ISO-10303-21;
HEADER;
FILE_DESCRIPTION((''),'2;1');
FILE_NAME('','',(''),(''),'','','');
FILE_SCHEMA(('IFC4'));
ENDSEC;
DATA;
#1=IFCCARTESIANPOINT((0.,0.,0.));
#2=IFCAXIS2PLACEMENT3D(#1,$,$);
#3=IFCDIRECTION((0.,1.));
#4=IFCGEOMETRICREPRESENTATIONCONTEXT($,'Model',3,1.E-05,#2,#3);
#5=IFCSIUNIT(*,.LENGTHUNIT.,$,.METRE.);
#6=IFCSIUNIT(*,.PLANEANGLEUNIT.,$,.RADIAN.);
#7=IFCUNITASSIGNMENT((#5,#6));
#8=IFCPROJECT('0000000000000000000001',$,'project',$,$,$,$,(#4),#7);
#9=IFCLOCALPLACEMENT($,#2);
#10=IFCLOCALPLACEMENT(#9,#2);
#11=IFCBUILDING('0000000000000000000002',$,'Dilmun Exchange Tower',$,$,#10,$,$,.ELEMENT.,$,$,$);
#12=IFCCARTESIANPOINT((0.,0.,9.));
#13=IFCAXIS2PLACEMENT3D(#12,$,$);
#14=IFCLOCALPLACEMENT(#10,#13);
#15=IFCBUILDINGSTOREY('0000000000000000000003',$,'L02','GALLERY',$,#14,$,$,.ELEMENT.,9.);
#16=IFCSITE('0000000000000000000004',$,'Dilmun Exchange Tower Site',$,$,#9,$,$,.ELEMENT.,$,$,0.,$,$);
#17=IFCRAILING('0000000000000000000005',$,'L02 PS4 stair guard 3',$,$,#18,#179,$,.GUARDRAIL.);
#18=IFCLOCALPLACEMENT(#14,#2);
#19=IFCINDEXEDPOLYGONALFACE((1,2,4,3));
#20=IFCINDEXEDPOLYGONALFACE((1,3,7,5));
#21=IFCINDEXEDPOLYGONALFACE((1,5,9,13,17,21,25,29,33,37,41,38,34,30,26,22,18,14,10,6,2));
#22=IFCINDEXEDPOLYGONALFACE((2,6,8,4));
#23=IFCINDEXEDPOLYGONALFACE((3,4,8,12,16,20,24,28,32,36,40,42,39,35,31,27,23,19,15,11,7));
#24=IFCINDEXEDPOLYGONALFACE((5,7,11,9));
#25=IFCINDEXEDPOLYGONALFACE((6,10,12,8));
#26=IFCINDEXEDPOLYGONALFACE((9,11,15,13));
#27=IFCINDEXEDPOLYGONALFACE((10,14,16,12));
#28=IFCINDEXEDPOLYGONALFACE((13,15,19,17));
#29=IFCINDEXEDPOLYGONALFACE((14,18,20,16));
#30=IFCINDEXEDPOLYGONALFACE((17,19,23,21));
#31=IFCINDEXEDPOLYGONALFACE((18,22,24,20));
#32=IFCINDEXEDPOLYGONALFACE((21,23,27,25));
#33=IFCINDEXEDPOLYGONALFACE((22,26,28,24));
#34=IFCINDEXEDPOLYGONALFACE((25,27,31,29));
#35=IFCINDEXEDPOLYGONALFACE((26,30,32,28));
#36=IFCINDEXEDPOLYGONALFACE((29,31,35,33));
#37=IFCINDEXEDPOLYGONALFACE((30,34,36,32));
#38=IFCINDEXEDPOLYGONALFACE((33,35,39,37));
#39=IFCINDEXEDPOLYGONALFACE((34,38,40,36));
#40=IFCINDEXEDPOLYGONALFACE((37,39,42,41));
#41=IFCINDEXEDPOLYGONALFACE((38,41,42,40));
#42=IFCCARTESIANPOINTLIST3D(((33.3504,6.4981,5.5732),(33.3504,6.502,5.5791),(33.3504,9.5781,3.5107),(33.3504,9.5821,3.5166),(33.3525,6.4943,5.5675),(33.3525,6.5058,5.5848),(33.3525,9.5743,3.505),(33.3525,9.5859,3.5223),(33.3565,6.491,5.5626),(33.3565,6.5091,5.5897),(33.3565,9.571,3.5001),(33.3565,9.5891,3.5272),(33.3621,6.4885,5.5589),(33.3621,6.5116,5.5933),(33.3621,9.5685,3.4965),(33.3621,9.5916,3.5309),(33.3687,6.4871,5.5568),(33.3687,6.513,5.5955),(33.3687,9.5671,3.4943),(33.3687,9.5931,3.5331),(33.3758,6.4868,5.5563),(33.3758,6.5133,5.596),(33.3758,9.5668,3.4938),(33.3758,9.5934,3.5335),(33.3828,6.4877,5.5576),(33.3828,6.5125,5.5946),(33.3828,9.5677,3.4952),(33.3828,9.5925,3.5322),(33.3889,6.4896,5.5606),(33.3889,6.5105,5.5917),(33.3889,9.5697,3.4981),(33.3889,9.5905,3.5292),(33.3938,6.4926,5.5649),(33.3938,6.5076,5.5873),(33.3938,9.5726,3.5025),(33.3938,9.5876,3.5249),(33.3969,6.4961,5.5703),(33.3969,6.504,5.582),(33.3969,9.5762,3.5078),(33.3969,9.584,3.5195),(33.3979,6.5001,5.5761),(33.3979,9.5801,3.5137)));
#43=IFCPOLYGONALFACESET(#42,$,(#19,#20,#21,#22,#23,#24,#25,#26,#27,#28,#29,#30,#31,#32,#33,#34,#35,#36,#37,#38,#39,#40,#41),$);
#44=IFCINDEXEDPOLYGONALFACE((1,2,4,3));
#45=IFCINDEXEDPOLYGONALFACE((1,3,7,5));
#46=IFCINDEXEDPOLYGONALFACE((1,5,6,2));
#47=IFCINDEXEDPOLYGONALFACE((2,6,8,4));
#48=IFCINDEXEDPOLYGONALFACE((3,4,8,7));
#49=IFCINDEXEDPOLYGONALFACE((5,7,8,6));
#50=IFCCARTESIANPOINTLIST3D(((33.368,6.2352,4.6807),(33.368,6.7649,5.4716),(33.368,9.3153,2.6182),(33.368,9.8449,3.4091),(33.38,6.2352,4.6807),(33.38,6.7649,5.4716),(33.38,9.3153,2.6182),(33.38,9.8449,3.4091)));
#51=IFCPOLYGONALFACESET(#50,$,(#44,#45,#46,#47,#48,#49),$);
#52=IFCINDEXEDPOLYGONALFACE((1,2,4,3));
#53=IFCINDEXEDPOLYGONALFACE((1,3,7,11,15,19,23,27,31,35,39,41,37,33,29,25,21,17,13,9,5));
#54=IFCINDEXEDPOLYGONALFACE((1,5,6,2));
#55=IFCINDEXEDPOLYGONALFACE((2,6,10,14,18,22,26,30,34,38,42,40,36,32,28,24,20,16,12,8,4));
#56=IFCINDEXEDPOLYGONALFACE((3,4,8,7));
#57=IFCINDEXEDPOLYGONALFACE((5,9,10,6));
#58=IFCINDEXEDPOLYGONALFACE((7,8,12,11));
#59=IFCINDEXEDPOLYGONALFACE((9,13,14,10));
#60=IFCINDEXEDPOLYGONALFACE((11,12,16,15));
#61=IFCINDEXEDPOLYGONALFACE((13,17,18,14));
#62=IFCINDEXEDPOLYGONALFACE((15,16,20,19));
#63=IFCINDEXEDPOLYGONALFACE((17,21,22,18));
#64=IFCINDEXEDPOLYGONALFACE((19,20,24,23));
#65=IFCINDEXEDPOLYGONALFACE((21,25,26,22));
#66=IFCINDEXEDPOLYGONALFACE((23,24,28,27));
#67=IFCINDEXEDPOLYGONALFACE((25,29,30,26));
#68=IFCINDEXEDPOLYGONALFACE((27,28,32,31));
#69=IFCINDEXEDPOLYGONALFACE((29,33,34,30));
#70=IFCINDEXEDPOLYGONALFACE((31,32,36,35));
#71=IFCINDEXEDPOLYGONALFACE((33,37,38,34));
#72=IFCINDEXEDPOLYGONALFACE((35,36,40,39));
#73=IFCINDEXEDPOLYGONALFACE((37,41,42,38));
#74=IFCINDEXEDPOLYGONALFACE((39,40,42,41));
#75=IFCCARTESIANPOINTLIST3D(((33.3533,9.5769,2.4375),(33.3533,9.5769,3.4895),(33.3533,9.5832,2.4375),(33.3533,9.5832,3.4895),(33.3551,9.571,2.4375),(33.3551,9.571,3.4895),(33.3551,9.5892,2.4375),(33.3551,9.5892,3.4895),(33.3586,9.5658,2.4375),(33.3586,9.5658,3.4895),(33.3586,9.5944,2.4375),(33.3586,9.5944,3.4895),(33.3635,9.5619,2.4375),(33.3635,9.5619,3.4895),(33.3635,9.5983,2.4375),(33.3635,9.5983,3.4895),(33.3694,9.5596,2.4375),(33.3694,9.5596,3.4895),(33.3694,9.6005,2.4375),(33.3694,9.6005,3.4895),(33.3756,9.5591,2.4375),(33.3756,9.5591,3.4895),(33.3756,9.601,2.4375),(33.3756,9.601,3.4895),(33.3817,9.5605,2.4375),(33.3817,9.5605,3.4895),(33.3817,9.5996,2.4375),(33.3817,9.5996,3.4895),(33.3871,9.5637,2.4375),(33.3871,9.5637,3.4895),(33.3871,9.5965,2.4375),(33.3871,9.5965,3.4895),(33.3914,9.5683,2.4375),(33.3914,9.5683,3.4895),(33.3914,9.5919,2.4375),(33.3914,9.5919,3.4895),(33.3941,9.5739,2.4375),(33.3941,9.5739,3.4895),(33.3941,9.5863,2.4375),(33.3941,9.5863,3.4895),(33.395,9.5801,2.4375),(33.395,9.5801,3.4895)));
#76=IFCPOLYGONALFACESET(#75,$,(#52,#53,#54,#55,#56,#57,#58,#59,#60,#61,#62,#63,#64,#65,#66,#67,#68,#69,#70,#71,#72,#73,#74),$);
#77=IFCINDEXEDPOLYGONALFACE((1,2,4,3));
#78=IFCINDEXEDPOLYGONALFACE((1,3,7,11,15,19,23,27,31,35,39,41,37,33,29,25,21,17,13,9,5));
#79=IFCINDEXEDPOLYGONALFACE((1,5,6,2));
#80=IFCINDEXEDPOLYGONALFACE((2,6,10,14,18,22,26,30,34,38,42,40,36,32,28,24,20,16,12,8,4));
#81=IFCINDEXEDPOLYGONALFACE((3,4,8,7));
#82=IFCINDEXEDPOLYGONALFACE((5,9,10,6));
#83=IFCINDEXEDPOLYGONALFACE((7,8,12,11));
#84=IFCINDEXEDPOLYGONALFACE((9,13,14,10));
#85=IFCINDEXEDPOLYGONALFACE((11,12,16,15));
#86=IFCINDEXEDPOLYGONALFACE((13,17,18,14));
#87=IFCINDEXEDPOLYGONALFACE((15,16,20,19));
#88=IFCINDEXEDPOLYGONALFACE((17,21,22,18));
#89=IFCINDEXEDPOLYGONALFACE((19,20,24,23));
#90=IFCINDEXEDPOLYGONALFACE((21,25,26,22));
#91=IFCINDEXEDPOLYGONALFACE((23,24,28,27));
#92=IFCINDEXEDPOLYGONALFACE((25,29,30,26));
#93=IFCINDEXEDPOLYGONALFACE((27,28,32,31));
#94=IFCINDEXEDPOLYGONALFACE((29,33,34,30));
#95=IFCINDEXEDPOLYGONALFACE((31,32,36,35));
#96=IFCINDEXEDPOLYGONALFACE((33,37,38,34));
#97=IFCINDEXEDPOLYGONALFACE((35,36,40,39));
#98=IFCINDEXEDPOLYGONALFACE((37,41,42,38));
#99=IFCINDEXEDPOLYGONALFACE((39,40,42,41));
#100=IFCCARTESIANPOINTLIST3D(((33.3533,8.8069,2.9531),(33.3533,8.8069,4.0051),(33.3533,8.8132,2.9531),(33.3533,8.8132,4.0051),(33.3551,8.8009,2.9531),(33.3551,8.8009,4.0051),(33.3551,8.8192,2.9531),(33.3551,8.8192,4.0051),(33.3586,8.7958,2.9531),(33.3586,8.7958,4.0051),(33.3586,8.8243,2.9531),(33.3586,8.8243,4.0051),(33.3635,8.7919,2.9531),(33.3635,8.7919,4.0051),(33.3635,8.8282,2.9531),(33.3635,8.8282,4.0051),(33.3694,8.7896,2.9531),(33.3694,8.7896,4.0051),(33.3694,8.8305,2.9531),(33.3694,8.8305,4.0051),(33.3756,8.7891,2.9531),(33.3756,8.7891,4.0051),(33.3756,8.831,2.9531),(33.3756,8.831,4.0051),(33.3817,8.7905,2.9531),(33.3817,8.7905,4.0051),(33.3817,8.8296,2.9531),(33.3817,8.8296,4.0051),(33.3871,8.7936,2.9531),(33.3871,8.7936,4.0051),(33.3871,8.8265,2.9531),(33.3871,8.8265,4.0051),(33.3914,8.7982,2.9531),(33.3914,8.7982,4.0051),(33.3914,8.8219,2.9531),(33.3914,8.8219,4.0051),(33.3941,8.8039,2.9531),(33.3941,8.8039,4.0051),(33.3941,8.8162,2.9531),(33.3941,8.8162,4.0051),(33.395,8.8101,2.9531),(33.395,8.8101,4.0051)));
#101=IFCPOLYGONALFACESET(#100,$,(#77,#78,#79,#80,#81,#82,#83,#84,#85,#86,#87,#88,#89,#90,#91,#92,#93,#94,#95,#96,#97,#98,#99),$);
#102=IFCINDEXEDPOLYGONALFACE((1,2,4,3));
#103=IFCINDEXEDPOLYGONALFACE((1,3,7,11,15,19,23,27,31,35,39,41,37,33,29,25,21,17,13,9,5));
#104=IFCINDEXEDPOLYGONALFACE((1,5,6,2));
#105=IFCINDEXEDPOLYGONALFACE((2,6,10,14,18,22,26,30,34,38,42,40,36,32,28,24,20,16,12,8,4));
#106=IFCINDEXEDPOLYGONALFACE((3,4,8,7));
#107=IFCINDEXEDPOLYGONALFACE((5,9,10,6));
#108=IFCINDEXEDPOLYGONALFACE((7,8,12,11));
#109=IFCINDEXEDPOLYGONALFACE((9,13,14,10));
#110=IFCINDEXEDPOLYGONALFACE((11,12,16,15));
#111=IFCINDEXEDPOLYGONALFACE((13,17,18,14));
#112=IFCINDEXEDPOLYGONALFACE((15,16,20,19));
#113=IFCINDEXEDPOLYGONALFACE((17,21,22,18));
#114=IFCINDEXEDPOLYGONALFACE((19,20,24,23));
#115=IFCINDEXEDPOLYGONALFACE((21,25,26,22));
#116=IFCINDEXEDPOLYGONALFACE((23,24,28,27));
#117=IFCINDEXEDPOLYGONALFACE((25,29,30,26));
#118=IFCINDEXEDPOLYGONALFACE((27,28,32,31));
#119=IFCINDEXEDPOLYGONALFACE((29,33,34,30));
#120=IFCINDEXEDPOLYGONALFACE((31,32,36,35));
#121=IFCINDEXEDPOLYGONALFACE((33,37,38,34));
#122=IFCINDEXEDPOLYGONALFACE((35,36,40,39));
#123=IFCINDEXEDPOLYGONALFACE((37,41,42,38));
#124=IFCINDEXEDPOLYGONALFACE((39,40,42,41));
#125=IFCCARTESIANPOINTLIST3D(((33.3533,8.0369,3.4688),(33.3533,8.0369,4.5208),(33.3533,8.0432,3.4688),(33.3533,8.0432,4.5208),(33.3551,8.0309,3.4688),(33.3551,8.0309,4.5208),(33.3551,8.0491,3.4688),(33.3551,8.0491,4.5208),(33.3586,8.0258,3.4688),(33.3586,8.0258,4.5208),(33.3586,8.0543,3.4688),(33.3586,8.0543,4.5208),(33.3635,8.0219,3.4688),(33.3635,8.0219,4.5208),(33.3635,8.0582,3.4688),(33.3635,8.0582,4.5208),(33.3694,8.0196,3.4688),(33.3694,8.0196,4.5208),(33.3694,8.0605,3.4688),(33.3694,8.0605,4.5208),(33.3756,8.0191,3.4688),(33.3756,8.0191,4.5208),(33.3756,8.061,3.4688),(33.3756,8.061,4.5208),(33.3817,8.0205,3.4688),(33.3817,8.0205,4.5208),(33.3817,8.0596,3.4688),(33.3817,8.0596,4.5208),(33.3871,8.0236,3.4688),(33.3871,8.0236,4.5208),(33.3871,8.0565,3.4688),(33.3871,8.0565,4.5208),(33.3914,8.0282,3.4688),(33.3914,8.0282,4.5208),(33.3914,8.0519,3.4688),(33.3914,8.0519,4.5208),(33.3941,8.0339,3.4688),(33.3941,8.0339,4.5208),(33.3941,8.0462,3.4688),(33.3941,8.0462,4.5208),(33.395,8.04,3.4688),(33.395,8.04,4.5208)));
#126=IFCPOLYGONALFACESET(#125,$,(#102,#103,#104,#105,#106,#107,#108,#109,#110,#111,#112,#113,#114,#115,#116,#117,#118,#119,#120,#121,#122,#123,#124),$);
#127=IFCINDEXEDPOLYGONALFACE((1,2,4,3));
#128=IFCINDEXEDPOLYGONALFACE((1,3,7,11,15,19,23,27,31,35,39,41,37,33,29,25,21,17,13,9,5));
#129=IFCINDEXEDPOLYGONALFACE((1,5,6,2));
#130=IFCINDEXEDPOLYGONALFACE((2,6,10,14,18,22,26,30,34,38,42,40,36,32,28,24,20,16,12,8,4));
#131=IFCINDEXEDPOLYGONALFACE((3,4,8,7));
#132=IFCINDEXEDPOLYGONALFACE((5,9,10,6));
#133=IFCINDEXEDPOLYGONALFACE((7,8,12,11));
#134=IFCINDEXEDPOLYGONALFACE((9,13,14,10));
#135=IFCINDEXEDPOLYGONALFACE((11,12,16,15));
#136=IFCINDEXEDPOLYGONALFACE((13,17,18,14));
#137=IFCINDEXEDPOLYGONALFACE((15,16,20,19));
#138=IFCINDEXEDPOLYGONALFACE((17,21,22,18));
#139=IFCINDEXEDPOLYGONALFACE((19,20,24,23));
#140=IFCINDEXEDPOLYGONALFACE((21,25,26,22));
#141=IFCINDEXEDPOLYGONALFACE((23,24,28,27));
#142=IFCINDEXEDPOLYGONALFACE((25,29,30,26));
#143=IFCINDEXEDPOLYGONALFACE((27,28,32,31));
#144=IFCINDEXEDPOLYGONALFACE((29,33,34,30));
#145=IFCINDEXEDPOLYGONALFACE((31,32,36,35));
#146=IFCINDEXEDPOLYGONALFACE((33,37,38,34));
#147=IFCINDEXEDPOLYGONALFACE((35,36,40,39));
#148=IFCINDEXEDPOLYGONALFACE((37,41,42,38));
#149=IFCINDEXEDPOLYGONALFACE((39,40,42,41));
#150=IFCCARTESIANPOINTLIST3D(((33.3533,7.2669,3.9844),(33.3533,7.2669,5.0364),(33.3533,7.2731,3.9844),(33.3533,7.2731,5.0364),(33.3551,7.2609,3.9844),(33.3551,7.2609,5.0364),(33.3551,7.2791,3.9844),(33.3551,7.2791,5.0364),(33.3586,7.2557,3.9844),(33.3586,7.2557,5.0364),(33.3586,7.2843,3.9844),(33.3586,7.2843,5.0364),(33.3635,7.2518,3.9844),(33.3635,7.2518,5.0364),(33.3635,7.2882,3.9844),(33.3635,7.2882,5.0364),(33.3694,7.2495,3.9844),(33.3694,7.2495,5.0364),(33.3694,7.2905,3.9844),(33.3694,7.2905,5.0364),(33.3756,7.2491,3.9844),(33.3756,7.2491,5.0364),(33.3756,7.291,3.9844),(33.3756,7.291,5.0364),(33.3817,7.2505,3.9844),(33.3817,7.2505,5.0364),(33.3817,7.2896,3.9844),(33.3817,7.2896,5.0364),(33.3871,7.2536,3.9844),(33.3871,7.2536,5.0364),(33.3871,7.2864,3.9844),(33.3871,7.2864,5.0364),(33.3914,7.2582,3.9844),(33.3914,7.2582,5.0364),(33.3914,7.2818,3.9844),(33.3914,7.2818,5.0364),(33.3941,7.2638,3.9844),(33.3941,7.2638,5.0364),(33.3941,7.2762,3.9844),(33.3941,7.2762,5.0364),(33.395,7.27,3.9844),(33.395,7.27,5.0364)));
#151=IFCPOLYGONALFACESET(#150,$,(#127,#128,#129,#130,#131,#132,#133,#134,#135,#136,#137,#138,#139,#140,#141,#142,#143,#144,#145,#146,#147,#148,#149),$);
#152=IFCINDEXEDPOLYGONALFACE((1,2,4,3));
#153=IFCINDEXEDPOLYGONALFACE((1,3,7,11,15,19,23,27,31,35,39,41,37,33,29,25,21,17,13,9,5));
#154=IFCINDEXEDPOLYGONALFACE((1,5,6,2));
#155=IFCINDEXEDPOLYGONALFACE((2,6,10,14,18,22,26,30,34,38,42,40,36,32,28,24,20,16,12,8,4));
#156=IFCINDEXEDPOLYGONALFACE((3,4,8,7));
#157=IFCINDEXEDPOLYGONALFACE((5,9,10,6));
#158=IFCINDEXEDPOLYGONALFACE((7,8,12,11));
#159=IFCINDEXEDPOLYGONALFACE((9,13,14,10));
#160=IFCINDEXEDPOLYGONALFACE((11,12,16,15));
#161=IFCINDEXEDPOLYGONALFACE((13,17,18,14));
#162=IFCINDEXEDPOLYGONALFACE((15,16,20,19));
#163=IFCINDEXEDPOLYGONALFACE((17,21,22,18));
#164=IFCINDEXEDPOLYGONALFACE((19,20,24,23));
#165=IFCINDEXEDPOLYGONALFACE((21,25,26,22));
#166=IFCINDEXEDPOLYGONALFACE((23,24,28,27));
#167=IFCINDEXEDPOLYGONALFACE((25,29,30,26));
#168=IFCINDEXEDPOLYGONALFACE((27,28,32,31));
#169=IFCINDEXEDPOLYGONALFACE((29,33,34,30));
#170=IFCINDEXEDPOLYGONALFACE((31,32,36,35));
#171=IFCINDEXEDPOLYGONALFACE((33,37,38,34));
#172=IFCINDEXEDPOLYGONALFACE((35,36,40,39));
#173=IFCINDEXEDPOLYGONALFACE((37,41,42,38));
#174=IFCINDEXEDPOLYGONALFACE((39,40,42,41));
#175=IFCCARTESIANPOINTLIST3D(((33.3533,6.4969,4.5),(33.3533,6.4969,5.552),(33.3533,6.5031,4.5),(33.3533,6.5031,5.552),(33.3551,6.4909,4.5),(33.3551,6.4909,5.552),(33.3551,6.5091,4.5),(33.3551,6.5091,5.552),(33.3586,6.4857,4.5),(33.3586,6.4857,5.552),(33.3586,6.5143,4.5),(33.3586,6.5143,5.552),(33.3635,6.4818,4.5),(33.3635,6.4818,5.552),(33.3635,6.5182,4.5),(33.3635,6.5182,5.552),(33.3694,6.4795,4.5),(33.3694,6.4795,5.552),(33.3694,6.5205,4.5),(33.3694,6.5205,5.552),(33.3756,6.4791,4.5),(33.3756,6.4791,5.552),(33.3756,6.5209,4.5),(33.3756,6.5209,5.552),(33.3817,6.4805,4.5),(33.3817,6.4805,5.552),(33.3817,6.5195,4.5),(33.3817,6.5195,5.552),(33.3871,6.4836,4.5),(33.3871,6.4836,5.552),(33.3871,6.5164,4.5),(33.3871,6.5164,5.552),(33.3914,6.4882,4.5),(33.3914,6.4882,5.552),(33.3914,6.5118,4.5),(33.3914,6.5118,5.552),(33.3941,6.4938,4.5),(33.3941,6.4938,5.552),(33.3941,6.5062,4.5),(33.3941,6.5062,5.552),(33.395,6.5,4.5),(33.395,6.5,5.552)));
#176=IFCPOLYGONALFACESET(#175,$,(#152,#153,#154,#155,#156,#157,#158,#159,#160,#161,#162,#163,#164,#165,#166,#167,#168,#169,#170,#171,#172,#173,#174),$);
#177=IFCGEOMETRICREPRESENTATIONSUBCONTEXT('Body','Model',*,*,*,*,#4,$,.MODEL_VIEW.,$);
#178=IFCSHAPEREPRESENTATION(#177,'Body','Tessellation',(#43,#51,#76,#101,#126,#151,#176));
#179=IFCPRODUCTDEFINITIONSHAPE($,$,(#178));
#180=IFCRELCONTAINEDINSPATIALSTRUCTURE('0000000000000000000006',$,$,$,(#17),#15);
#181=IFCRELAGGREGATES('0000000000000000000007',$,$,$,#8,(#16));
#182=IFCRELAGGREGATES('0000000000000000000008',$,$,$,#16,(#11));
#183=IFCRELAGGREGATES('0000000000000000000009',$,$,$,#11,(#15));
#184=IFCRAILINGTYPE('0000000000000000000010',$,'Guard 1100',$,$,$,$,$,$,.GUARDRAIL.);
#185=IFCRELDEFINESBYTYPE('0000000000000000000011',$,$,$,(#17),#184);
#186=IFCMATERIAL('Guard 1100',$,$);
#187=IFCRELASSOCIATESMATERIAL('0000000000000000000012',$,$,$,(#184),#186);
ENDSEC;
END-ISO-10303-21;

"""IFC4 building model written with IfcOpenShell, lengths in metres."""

from ifc_helpers import new_model, si_unit, direction, frame, origin, origin_2d, place, context, subcontext, project, spatial, rectangle, circle, extrude, material, type_object, element, save


model = new_model("IFC4")

# Units and contexts
model_context = context("Model", 3, precision=1e-05, world=origin(), true_north=direction((0.0, 1.0)))
body_context = subcontext(model_context, "Body", "Model", "MODEL_VIEW")
ifc_project = project(units=[si_unit("LENGTHUNIT", "METRE"), si_unit("PLANEANGLEUNIT", "RADIAN")], contexts=[model_context])

# Site, building, storey
site_placement = place(None, origin())
site = spatial("IfcSite", under=ifc_project, at=site_placement, Name="Dilmun Exchange Tower Site", CompositionType="ELEMENT", RefElevation=0.0)
building_placement = place(site_placement, origin())
building = spatial("IfcBuilding", under=site, at=building_placement, Name="Dilmun Exchange Tower", CompositionType="ELEMENT")
storey_placement = place(building_placement, frame((0.0, 0.0, 9.0)))
storey = spatial("IfcBuildingStorey", under=building, at=storey_placement, Name="L02", Description="GALLERY", CompositionType="ELEMENT", Elevation=9.0)

# Railing
ifc_material_1 = material(Name="Guard 1100")
railing_type_1 = type_object("IfcRailingType", Name="Guard 1100", PredefinedType="GUARDRAIL", material=ifc_material_1)
railing_1_placement = place(storey_placement, frame((33.374, 9.5801, 2.4375)))
element("IfcRailing", 1, at=railing_1_placement, inside=storey, type_object=railing_type_1, Name="L02 PS4 stair guard 3", PredefinedType="GUARDRAIL", context=body_context, shape_type="SweptSolid", body=[
    extrude(circle(Radius=0.0239, at=origin_2d()), frame((0.0, 0.0, 1.0762), z_axis=(0.0, -0.830914, 0.556401), x_axis=(1.0, 0.0, 0.0)), (0.0, 0.0, 1.0), 3.7068),
    extrude(rectangle(XDim=0.012, YDim=0.9519, at=origin_2d()), frame((0.0, 0.0, 0.5762), z_axis=(0.0, -0.830914, 0.556401), x_axis=(1.0, 0.0, 0.0)), (0.0, 0.0, 1.0), 3.7068),
    extrude(circle(Radius=0.021, at=origin_2d()), origin(), (0.0, 0.0, 1.0), 1.052),
    extrude(circle(Radius=0.021, at=origin_2d()), frame((0.0, -0.77, 0.5156)), (0.0, 0.0, 1.0), 1.052),
    extrude(circle(Radius=0.021, at=origin_2d()), frame((0.0, -1.54, 1.0312)), (0.0, 0.0, 1.0), 1.052),
    extrude(circle(Radius=0.021, at=origin_2d()), frame((0.0, -2.3101, 1.5469)), (0.0, 0.0, 1.0), 1.052),
    extrude(circle(Radius=0.021, at=origin_2d()), frame((0.0, -3.0801, 2.0625)), (0.0, 0.0, 1.0), 1.052),
])

save(model, "model.ifc")
